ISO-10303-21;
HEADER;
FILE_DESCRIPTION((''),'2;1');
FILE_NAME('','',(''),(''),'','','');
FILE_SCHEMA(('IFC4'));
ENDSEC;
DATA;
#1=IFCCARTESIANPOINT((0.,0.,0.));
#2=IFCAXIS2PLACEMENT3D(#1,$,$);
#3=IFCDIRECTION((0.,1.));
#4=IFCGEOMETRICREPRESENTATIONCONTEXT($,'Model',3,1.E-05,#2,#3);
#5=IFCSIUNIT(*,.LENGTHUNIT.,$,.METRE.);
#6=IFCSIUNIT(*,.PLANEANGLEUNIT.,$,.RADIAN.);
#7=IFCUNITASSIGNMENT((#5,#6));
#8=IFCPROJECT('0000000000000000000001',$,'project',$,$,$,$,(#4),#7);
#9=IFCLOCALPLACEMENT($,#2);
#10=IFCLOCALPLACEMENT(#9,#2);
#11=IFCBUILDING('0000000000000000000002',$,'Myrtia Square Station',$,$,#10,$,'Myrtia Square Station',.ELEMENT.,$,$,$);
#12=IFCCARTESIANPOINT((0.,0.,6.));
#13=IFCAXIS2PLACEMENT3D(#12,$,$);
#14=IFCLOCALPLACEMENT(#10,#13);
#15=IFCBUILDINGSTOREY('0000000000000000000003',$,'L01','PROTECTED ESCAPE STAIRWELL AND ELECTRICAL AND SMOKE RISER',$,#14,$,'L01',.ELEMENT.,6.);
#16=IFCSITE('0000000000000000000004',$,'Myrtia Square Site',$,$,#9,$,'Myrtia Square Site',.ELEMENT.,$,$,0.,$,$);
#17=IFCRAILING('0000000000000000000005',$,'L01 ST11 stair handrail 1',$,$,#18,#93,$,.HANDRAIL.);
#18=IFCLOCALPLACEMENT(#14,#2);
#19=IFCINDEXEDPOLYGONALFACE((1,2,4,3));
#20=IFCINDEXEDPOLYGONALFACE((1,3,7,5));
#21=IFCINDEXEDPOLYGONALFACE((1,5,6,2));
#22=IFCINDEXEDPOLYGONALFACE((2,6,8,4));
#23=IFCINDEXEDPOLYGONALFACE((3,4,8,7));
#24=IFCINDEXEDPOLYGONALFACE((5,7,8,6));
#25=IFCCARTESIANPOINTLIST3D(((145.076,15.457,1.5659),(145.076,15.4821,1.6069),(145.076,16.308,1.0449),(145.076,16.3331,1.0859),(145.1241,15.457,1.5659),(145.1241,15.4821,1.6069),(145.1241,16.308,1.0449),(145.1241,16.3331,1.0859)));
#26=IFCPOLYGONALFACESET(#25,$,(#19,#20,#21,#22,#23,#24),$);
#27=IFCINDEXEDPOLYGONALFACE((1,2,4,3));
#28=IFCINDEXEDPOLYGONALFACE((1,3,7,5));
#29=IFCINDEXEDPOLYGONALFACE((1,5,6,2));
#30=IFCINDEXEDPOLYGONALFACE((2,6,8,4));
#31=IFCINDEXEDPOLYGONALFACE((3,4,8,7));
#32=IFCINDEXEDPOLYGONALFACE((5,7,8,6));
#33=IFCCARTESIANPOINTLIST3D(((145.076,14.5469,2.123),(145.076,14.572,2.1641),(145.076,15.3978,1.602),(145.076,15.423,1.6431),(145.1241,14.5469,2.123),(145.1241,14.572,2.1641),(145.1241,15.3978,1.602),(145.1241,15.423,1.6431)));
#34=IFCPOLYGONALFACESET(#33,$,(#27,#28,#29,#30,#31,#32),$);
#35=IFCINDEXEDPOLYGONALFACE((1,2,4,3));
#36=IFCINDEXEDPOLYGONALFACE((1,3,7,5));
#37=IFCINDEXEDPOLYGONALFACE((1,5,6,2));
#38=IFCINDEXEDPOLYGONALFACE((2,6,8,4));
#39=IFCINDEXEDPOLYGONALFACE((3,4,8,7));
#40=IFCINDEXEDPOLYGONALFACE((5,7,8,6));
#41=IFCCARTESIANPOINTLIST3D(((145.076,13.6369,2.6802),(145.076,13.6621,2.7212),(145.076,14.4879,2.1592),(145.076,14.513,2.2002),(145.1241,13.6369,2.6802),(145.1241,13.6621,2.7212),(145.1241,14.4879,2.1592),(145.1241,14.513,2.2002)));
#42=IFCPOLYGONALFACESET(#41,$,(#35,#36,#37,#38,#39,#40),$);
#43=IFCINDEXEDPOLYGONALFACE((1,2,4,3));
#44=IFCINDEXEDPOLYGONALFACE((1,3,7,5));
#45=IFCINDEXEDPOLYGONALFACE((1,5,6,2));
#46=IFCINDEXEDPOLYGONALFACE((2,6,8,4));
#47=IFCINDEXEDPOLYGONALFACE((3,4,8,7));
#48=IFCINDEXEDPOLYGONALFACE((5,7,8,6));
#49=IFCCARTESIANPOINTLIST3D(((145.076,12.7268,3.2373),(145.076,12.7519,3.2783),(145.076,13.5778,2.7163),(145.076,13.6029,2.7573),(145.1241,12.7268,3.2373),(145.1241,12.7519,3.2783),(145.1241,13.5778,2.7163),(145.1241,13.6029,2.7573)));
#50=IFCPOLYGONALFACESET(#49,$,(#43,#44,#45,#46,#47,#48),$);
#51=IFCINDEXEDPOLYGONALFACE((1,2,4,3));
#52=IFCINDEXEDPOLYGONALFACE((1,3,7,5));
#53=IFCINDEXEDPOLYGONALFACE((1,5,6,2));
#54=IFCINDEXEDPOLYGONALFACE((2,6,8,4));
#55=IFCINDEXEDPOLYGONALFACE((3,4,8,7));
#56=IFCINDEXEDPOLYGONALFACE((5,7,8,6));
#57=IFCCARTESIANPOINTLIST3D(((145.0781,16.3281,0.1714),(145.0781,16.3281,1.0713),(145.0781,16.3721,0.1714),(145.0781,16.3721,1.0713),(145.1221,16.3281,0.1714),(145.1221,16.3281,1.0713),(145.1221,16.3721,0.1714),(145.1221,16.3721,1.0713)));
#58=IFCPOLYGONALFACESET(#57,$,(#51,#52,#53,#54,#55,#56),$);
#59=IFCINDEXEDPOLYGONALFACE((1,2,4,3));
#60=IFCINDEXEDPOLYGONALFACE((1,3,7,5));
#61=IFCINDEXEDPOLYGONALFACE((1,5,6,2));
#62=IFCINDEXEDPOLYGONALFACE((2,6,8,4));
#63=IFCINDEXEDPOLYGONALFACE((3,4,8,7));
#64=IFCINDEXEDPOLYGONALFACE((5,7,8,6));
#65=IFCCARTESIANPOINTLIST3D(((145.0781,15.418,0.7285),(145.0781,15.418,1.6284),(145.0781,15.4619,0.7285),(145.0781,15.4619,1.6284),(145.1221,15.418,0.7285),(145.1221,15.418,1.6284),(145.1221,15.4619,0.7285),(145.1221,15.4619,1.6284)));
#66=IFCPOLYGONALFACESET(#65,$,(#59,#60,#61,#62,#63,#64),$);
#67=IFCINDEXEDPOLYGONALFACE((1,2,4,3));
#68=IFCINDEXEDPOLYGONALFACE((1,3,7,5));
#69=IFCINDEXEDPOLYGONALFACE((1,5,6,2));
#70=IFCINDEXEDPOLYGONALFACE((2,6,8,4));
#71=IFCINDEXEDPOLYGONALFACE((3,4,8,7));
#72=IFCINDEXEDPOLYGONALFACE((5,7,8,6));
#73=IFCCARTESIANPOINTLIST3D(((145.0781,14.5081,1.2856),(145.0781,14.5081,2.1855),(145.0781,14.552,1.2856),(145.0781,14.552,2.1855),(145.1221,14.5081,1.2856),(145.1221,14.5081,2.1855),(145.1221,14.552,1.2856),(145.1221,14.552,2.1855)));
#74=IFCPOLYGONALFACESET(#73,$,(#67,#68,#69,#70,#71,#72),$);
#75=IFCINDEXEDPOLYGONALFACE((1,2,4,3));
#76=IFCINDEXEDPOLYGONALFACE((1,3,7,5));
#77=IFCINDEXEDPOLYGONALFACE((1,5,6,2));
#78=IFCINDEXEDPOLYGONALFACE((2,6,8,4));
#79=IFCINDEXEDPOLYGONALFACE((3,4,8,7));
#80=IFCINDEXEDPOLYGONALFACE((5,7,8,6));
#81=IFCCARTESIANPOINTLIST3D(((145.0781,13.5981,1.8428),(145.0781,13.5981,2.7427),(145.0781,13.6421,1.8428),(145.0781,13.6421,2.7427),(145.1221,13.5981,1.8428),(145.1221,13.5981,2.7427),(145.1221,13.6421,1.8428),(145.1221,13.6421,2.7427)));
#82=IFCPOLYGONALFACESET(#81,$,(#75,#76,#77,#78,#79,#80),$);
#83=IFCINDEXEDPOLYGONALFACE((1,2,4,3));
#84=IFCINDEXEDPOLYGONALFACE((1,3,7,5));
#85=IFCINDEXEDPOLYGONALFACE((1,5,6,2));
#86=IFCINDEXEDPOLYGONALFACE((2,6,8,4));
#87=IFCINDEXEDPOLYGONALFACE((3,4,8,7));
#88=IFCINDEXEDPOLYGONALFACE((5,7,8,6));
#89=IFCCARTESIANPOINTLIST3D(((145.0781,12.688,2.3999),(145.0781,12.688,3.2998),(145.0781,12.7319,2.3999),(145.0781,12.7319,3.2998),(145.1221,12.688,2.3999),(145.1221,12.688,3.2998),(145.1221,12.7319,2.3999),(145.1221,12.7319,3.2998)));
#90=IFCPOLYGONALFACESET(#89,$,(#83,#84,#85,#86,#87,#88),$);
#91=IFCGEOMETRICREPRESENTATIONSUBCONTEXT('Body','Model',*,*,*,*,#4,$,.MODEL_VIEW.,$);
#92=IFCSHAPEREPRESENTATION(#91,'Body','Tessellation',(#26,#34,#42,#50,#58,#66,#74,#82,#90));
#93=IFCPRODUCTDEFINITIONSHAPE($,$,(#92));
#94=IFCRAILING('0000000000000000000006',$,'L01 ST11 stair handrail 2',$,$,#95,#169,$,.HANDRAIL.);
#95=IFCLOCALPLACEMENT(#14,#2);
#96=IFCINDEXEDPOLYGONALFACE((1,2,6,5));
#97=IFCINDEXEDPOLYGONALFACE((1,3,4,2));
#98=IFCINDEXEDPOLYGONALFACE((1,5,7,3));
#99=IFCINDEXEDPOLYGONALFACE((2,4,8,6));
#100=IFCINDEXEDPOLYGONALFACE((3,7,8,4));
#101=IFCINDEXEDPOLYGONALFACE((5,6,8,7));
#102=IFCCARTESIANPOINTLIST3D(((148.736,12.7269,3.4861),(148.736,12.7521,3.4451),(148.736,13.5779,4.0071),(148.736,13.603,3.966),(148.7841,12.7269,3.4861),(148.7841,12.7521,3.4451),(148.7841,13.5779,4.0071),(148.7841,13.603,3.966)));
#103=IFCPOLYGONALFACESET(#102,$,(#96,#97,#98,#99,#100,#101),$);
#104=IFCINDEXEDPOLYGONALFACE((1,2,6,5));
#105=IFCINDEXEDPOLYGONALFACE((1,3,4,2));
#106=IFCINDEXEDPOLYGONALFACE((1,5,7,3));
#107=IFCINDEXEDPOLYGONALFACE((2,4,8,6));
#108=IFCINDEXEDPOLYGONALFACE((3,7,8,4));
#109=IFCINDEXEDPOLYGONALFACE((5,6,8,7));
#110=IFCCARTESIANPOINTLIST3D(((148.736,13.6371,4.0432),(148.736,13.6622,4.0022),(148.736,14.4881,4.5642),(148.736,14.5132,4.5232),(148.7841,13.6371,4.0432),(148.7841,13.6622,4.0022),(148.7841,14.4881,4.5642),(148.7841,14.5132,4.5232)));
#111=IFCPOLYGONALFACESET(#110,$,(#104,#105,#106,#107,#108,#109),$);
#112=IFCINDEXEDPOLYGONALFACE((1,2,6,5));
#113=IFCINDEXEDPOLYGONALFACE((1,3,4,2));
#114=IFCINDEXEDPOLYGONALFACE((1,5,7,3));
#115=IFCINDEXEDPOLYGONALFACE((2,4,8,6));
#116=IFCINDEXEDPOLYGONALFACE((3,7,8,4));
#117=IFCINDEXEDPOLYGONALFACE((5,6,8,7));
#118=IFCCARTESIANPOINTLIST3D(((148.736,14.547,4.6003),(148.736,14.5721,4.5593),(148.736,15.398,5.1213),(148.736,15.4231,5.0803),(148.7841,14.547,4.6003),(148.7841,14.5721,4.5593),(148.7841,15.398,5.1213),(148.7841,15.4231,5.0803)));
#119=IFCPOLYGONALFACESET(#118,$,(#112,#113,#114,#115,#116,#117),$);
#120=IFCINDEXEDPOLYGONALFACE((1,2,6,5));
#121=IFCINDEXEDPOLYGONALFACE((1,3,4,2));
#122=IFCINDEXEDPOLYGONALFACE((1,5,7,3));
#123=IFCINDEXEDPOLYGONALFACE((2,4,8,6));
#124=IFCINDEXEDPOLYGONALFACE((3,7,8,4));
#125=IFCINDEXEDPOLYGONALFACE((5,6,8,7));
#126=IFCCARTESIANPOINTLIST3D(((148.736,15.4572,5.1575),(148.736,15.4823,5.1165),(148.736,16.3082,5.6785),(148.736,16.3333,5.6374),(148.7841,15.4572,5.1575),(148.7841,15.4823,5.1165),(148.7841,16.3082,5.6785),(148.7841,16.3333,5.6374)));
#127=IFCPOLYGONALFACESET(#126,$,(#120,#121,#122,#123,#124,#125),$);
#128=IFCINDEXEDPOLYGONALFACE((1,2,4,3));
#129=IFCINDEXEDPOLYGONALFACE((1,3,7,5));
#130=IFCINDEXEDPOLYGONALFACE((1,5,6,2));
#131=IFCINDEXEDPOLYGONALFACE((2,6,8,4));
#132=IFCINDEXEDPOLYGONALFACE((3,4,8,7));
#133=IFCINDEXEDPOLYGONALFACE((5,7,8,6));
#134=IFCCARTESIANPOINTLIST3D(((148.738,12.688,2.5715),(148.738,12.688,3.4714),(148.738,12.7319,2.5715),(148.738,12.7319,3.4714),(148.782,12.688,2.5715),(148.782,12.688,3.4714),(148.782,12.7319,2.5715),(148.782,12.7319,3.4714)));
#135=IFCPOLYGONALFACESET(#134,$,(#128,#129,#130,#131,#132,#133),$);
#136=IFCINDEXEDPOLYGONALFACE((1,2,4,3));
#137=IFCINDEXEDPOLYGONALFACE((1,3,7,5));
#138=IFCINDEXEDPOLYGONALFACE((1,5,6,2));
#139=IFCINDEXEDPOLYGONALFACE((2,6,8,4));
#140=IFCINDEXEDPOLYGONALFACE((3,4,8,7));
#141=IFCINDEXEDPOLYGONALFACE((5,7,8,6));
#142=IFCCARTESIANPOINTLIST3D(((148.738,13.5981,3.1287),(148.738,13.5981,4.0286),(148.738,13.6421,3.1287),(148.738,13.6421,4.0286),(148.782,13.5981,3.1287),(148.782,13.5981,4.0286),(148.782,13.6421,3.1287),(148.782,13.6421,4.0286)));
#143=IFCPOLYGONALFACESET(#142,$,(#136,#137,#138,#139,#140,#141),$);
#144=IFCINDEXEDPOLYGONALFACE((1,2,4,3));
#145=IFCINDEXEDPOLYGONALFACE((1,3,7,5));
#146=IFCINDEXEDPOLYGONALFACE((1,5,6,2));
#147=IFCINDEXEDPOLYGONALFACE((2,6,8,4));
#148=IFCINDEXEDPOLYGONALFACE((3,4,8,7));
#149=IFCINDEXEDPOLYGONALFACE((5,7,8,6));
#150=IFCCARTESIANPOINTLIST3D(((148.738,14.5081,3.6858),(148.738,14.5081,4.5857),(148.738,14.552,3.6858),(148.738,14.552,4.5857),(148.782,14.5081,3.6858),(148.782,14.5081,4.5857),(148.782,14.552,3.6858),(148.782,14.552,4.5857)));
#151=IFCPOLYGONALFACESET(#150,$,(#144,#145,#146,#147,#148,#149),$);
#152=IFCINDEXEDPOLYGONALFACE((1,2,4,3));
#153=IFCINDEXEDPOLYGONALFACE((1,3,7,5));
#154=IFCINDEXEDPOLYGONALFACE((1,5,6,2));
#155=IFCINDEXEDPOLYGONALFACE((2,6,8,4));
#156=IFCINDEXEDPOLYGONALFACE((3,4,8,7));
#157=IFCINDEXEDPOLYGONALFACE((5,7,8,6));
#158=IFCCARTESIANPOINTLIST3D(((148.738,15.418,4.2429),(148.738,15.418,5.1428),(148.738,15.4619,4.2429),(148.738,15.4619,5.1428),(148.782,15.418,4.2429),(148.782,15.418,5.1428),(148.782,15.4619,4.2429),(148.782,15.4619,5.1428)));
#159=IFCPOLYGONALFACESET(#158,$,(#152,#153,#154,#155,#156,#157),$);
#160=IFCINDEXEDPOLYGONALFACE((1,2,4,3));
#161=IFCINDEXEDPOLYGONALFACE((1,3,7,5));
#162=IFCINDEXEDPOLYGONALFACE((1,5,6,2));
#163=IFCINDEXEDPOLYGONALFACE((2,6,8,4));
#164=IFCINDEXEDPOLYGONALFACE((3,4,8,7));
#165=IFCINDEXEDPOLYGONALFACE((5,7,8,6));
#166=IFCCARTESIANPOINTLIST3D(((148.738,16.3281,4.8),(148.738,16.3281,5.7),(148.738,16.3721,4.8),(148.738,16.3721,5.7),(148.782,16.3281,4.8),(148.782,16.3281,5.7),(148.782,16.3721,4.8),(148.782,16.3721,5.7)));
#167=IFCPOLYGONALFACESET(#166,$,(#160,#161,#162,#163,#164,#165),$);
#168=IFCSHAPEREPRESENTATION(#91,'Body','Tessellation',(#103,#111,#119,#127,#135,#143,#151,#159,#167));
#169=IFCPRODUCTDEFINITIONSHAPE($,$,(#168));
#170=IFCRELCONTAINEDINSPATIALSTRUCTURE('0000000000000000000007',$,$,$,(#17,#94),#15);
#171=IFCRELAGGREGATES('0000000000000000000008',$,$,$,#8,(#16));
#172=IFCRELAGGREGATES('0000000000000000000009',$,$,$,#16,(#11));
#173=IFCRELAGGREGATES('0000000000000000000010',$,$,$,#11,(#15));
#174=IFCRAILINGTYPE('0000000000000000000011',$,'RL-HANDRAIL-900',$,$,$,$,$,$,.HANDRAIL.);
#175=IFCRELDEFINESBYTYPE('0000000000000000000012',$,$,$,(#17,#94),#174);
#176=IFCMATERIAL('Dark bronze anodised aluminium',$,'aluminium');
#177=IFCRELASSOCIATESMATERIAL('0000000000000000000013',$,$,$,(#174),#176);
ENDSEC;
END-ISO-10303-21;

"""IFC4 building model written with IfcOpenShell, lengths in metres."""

from ifc_helpers import new_model, si_unit, direction, frame, origin, origin_2d, place, context, subcontext, project, spatial, rectangle, extrude, material, type_object, element, save


model = new_model("IFC4")

# Units and contexts
model_context = context("Model", 3, precision=1e-05, world=origin(), true_north=direction((0.0, 1.0)))
body_context = subcontext(model_context, "Body", "Model", "MODEL_VIEW")
ifc_project = project(units=[si_unit("LENGTHUNIT", "METRE"), si_unit("PLANEANGLEUNIT", "RADIAN")], contexts=[model_context])

# Site, building, storey
site_placement = place(None, origin())
site = spatial("IfcSite", under=ifc_project, at=site_placement, Name="Myrtia Square Site", LongName="Myrtia Square Site", CompositionType="ELEMENT", RefElevation=0.0)
building_placement = place(site_placement, origin())
building = spatial("IfcBuilding", under=site, at=building_placement, Name="Myrtia Square Station", LongName="Myrtia Square Station", CompositionType="ELEMENT")
storey_placement = place(building_placement, frame((0.0, 0.0, 6.0)))
storey = spatial("IfcBuildingStorey", under=building, at=storey_placement, Name="L01", Description="PROTECTED ESCAPE STAIRWELL AND ELECTRICAL AND SMOKE RISER", LongName="L01", CompositionType="ELEMENT", Elevation=6.0)

# Shared definitions
ifc_material_1 = material(Name="Dark bronze anodised aluminium", Category="aluminium")

# Railings
railing_type_1 = type_object("IfcRailingType", Name="RL-HANDRAIL-900", PredefinedType="HANDRAIL", material=ifc_material_1)
railing_1_placement = place(storey_placement, frame((145.1001, 16.3501, 0.1714)))
element("IfcRailing", 1, at=railing_1_placement, inside=storey, type_object=railing_type_1, Name="L01 ST11 stair handrail 1", PredefinedType="HANDRAIL", context=body_context, shape_type="SweptSolid", body=[
    extrude(rectangle(XDim=0.0481, YDim=0.0481, at=origin_2d()), frame((0.0, -0.0295, 0.894), z_axis=(0.0, -0.852866, 0.52213), x_axis=(1.0, 0.0, 0.0)), (0.0, 0.0, 1.0), 0.9978),
    extrude(rectangle(XDim=0.0481, YDim=0.0481, at=origin_2d()), frame((0.0, -0.9397, 1.4512), z_axis=(0.0, -0.852866, 0.52213), x_axis=(1.0, 0.0, 0.0)), (0.0, 0.0, 1.0), 0.9978),
    extrude(rectangle(XDim=0.0481, YDim=0.0481, at=origin_2d()), frame((0.0, -1.8496, 2.0083), z_axis=(0.0, -0.852866, 0.52213), x_axis=(1.0, 0.0, 0.0)), (0.0, 0.0, 1.0), 0.9978),
    extrude(rectangle(XDim=0.0481, YDim=0.0481, at=origin_2d()), frame((0.0, -2.7598, 2.5654), z_axis=(0.0, -0.852866, 0.52213), x_axis=(1.0, 0.0, 0.0)), (0.0, 0.0, 1.0), 0.9978),
    extrude(rectangle(XDim=0.0439, YDim=0.0439, at=origin_2d()), origin(), (0.0, 0.0, 1.0), 0.8999),
    extrude(rectangle(XDim=0.0439, YDim=0.0439, at=origin_2d()), frame((0.0, -0.9102, 0.5571)), (0.0, 0.0, 1.0), 0.8999),
    extrude(rectangle(XDim=0.0439, YDim=0.0439, at=origin_2d()), frame((0.0, -1.8201, 1.1143)), (0.0, 0.0, 1.0), 0.8999),
    extrude(rectangle(XDim=0.0439, YDim=0.0439, at=origin_2d()), frame((0.0, -2.73, 1.6714)), (0.0, 0.0, 1.0), 0.8999),
    extrude(rectangle(XDim=0.0439, YDim=0.0439, at=origin_2d()), frame((0.0, -3.6401, 2.2285)), (0.0, 0.0, 1.0), 0.8999),
])
railing_2_placement = place(storey_placement, frame((148.76, 12.71, 2.5715)))
element("IfcRailing", 2, at=railing_2_placement, inside=storey, type_object=railing_type_1, Name="L01 ST11 stair handrail 2", PredefinedType="HANDRAIL", context=body_context, shape_type="SweptSolid", body=[
    extrude(rectangle(XDim=0.0481, YDim=0.0481, at=origin_2d()), frame((0.0, 0.0295, 0.894), z_axis=(0.0, 0.852866, 0.52213), x_axis=(-1.0, 0.0, 0.0)), (0.0, 0.0, 1.0), 0.9978),
    extrude(rectangle(XDim=0.0481, YDim=0.0481, at=origin_2d()), frame((0.0, 0.9397, 1.4512), z_axis=(0.0, 0.852866, 0.52213), x_axis=(-1.0, 0.0, 0.0)), (0.0, 0.0, 1.0), 0.9978),
    extrude(rectangle(XDim=0.0481, YDim=0.0481, at=origin_2d()), frame((0.0, 1.8496, 2.0083), z_axis=(0.0, 0.852866, 0.52213), x_axis=(-1.0, 0.0, 0.0)), (0.0, 0.0, 1.0), 0.9978),
    extrude(rectangle(XDim=0.0481, YDim=0.0481, at=origin_2d()), frame((0.0, 2.7598, 2.5654), z_axis=(0.0, 0.852866, 0.52213), x_axis=(-1.0, 0.0, 0.0)), (0.0, 0.0, 1.0), 0.9978),
    extrude(rectangle(XDim=0.0439, YDim=0.0439, at=origin_2d()), origin(), (0.0, 0.0, 1.0), 0.8999),
    extrude(rectangle(XDim=0.0439, YDim=0.0439, at=origin_2d()), frame((0.0, 0.9102, 0.5571)), (0.0, 0.0, 1.0), 0.8999),
    extrude(rectangle(XDim=0.0439, YDim=0.0439, at=origin_2d()), frame((0.0, 1.8201, 1.1143)), (0.0, 0.0, 1.0), 0.8999),
    extrude(rectangle(XDim=0.0439, YDim=0.0439, at=origin_2d()), frame((0.0, 2.73, 1.6714)), (0.0, 0.0, 1.0), 0.8999),
    extrude(rectangle(XDim=0.0439, YDim=0.0439, at=origin_2d()), frame((0.0, 3.6401, 2.2285)), (0.0, 0.0, 1.0), 0.8999),
])

save(model, "model.ifc")
